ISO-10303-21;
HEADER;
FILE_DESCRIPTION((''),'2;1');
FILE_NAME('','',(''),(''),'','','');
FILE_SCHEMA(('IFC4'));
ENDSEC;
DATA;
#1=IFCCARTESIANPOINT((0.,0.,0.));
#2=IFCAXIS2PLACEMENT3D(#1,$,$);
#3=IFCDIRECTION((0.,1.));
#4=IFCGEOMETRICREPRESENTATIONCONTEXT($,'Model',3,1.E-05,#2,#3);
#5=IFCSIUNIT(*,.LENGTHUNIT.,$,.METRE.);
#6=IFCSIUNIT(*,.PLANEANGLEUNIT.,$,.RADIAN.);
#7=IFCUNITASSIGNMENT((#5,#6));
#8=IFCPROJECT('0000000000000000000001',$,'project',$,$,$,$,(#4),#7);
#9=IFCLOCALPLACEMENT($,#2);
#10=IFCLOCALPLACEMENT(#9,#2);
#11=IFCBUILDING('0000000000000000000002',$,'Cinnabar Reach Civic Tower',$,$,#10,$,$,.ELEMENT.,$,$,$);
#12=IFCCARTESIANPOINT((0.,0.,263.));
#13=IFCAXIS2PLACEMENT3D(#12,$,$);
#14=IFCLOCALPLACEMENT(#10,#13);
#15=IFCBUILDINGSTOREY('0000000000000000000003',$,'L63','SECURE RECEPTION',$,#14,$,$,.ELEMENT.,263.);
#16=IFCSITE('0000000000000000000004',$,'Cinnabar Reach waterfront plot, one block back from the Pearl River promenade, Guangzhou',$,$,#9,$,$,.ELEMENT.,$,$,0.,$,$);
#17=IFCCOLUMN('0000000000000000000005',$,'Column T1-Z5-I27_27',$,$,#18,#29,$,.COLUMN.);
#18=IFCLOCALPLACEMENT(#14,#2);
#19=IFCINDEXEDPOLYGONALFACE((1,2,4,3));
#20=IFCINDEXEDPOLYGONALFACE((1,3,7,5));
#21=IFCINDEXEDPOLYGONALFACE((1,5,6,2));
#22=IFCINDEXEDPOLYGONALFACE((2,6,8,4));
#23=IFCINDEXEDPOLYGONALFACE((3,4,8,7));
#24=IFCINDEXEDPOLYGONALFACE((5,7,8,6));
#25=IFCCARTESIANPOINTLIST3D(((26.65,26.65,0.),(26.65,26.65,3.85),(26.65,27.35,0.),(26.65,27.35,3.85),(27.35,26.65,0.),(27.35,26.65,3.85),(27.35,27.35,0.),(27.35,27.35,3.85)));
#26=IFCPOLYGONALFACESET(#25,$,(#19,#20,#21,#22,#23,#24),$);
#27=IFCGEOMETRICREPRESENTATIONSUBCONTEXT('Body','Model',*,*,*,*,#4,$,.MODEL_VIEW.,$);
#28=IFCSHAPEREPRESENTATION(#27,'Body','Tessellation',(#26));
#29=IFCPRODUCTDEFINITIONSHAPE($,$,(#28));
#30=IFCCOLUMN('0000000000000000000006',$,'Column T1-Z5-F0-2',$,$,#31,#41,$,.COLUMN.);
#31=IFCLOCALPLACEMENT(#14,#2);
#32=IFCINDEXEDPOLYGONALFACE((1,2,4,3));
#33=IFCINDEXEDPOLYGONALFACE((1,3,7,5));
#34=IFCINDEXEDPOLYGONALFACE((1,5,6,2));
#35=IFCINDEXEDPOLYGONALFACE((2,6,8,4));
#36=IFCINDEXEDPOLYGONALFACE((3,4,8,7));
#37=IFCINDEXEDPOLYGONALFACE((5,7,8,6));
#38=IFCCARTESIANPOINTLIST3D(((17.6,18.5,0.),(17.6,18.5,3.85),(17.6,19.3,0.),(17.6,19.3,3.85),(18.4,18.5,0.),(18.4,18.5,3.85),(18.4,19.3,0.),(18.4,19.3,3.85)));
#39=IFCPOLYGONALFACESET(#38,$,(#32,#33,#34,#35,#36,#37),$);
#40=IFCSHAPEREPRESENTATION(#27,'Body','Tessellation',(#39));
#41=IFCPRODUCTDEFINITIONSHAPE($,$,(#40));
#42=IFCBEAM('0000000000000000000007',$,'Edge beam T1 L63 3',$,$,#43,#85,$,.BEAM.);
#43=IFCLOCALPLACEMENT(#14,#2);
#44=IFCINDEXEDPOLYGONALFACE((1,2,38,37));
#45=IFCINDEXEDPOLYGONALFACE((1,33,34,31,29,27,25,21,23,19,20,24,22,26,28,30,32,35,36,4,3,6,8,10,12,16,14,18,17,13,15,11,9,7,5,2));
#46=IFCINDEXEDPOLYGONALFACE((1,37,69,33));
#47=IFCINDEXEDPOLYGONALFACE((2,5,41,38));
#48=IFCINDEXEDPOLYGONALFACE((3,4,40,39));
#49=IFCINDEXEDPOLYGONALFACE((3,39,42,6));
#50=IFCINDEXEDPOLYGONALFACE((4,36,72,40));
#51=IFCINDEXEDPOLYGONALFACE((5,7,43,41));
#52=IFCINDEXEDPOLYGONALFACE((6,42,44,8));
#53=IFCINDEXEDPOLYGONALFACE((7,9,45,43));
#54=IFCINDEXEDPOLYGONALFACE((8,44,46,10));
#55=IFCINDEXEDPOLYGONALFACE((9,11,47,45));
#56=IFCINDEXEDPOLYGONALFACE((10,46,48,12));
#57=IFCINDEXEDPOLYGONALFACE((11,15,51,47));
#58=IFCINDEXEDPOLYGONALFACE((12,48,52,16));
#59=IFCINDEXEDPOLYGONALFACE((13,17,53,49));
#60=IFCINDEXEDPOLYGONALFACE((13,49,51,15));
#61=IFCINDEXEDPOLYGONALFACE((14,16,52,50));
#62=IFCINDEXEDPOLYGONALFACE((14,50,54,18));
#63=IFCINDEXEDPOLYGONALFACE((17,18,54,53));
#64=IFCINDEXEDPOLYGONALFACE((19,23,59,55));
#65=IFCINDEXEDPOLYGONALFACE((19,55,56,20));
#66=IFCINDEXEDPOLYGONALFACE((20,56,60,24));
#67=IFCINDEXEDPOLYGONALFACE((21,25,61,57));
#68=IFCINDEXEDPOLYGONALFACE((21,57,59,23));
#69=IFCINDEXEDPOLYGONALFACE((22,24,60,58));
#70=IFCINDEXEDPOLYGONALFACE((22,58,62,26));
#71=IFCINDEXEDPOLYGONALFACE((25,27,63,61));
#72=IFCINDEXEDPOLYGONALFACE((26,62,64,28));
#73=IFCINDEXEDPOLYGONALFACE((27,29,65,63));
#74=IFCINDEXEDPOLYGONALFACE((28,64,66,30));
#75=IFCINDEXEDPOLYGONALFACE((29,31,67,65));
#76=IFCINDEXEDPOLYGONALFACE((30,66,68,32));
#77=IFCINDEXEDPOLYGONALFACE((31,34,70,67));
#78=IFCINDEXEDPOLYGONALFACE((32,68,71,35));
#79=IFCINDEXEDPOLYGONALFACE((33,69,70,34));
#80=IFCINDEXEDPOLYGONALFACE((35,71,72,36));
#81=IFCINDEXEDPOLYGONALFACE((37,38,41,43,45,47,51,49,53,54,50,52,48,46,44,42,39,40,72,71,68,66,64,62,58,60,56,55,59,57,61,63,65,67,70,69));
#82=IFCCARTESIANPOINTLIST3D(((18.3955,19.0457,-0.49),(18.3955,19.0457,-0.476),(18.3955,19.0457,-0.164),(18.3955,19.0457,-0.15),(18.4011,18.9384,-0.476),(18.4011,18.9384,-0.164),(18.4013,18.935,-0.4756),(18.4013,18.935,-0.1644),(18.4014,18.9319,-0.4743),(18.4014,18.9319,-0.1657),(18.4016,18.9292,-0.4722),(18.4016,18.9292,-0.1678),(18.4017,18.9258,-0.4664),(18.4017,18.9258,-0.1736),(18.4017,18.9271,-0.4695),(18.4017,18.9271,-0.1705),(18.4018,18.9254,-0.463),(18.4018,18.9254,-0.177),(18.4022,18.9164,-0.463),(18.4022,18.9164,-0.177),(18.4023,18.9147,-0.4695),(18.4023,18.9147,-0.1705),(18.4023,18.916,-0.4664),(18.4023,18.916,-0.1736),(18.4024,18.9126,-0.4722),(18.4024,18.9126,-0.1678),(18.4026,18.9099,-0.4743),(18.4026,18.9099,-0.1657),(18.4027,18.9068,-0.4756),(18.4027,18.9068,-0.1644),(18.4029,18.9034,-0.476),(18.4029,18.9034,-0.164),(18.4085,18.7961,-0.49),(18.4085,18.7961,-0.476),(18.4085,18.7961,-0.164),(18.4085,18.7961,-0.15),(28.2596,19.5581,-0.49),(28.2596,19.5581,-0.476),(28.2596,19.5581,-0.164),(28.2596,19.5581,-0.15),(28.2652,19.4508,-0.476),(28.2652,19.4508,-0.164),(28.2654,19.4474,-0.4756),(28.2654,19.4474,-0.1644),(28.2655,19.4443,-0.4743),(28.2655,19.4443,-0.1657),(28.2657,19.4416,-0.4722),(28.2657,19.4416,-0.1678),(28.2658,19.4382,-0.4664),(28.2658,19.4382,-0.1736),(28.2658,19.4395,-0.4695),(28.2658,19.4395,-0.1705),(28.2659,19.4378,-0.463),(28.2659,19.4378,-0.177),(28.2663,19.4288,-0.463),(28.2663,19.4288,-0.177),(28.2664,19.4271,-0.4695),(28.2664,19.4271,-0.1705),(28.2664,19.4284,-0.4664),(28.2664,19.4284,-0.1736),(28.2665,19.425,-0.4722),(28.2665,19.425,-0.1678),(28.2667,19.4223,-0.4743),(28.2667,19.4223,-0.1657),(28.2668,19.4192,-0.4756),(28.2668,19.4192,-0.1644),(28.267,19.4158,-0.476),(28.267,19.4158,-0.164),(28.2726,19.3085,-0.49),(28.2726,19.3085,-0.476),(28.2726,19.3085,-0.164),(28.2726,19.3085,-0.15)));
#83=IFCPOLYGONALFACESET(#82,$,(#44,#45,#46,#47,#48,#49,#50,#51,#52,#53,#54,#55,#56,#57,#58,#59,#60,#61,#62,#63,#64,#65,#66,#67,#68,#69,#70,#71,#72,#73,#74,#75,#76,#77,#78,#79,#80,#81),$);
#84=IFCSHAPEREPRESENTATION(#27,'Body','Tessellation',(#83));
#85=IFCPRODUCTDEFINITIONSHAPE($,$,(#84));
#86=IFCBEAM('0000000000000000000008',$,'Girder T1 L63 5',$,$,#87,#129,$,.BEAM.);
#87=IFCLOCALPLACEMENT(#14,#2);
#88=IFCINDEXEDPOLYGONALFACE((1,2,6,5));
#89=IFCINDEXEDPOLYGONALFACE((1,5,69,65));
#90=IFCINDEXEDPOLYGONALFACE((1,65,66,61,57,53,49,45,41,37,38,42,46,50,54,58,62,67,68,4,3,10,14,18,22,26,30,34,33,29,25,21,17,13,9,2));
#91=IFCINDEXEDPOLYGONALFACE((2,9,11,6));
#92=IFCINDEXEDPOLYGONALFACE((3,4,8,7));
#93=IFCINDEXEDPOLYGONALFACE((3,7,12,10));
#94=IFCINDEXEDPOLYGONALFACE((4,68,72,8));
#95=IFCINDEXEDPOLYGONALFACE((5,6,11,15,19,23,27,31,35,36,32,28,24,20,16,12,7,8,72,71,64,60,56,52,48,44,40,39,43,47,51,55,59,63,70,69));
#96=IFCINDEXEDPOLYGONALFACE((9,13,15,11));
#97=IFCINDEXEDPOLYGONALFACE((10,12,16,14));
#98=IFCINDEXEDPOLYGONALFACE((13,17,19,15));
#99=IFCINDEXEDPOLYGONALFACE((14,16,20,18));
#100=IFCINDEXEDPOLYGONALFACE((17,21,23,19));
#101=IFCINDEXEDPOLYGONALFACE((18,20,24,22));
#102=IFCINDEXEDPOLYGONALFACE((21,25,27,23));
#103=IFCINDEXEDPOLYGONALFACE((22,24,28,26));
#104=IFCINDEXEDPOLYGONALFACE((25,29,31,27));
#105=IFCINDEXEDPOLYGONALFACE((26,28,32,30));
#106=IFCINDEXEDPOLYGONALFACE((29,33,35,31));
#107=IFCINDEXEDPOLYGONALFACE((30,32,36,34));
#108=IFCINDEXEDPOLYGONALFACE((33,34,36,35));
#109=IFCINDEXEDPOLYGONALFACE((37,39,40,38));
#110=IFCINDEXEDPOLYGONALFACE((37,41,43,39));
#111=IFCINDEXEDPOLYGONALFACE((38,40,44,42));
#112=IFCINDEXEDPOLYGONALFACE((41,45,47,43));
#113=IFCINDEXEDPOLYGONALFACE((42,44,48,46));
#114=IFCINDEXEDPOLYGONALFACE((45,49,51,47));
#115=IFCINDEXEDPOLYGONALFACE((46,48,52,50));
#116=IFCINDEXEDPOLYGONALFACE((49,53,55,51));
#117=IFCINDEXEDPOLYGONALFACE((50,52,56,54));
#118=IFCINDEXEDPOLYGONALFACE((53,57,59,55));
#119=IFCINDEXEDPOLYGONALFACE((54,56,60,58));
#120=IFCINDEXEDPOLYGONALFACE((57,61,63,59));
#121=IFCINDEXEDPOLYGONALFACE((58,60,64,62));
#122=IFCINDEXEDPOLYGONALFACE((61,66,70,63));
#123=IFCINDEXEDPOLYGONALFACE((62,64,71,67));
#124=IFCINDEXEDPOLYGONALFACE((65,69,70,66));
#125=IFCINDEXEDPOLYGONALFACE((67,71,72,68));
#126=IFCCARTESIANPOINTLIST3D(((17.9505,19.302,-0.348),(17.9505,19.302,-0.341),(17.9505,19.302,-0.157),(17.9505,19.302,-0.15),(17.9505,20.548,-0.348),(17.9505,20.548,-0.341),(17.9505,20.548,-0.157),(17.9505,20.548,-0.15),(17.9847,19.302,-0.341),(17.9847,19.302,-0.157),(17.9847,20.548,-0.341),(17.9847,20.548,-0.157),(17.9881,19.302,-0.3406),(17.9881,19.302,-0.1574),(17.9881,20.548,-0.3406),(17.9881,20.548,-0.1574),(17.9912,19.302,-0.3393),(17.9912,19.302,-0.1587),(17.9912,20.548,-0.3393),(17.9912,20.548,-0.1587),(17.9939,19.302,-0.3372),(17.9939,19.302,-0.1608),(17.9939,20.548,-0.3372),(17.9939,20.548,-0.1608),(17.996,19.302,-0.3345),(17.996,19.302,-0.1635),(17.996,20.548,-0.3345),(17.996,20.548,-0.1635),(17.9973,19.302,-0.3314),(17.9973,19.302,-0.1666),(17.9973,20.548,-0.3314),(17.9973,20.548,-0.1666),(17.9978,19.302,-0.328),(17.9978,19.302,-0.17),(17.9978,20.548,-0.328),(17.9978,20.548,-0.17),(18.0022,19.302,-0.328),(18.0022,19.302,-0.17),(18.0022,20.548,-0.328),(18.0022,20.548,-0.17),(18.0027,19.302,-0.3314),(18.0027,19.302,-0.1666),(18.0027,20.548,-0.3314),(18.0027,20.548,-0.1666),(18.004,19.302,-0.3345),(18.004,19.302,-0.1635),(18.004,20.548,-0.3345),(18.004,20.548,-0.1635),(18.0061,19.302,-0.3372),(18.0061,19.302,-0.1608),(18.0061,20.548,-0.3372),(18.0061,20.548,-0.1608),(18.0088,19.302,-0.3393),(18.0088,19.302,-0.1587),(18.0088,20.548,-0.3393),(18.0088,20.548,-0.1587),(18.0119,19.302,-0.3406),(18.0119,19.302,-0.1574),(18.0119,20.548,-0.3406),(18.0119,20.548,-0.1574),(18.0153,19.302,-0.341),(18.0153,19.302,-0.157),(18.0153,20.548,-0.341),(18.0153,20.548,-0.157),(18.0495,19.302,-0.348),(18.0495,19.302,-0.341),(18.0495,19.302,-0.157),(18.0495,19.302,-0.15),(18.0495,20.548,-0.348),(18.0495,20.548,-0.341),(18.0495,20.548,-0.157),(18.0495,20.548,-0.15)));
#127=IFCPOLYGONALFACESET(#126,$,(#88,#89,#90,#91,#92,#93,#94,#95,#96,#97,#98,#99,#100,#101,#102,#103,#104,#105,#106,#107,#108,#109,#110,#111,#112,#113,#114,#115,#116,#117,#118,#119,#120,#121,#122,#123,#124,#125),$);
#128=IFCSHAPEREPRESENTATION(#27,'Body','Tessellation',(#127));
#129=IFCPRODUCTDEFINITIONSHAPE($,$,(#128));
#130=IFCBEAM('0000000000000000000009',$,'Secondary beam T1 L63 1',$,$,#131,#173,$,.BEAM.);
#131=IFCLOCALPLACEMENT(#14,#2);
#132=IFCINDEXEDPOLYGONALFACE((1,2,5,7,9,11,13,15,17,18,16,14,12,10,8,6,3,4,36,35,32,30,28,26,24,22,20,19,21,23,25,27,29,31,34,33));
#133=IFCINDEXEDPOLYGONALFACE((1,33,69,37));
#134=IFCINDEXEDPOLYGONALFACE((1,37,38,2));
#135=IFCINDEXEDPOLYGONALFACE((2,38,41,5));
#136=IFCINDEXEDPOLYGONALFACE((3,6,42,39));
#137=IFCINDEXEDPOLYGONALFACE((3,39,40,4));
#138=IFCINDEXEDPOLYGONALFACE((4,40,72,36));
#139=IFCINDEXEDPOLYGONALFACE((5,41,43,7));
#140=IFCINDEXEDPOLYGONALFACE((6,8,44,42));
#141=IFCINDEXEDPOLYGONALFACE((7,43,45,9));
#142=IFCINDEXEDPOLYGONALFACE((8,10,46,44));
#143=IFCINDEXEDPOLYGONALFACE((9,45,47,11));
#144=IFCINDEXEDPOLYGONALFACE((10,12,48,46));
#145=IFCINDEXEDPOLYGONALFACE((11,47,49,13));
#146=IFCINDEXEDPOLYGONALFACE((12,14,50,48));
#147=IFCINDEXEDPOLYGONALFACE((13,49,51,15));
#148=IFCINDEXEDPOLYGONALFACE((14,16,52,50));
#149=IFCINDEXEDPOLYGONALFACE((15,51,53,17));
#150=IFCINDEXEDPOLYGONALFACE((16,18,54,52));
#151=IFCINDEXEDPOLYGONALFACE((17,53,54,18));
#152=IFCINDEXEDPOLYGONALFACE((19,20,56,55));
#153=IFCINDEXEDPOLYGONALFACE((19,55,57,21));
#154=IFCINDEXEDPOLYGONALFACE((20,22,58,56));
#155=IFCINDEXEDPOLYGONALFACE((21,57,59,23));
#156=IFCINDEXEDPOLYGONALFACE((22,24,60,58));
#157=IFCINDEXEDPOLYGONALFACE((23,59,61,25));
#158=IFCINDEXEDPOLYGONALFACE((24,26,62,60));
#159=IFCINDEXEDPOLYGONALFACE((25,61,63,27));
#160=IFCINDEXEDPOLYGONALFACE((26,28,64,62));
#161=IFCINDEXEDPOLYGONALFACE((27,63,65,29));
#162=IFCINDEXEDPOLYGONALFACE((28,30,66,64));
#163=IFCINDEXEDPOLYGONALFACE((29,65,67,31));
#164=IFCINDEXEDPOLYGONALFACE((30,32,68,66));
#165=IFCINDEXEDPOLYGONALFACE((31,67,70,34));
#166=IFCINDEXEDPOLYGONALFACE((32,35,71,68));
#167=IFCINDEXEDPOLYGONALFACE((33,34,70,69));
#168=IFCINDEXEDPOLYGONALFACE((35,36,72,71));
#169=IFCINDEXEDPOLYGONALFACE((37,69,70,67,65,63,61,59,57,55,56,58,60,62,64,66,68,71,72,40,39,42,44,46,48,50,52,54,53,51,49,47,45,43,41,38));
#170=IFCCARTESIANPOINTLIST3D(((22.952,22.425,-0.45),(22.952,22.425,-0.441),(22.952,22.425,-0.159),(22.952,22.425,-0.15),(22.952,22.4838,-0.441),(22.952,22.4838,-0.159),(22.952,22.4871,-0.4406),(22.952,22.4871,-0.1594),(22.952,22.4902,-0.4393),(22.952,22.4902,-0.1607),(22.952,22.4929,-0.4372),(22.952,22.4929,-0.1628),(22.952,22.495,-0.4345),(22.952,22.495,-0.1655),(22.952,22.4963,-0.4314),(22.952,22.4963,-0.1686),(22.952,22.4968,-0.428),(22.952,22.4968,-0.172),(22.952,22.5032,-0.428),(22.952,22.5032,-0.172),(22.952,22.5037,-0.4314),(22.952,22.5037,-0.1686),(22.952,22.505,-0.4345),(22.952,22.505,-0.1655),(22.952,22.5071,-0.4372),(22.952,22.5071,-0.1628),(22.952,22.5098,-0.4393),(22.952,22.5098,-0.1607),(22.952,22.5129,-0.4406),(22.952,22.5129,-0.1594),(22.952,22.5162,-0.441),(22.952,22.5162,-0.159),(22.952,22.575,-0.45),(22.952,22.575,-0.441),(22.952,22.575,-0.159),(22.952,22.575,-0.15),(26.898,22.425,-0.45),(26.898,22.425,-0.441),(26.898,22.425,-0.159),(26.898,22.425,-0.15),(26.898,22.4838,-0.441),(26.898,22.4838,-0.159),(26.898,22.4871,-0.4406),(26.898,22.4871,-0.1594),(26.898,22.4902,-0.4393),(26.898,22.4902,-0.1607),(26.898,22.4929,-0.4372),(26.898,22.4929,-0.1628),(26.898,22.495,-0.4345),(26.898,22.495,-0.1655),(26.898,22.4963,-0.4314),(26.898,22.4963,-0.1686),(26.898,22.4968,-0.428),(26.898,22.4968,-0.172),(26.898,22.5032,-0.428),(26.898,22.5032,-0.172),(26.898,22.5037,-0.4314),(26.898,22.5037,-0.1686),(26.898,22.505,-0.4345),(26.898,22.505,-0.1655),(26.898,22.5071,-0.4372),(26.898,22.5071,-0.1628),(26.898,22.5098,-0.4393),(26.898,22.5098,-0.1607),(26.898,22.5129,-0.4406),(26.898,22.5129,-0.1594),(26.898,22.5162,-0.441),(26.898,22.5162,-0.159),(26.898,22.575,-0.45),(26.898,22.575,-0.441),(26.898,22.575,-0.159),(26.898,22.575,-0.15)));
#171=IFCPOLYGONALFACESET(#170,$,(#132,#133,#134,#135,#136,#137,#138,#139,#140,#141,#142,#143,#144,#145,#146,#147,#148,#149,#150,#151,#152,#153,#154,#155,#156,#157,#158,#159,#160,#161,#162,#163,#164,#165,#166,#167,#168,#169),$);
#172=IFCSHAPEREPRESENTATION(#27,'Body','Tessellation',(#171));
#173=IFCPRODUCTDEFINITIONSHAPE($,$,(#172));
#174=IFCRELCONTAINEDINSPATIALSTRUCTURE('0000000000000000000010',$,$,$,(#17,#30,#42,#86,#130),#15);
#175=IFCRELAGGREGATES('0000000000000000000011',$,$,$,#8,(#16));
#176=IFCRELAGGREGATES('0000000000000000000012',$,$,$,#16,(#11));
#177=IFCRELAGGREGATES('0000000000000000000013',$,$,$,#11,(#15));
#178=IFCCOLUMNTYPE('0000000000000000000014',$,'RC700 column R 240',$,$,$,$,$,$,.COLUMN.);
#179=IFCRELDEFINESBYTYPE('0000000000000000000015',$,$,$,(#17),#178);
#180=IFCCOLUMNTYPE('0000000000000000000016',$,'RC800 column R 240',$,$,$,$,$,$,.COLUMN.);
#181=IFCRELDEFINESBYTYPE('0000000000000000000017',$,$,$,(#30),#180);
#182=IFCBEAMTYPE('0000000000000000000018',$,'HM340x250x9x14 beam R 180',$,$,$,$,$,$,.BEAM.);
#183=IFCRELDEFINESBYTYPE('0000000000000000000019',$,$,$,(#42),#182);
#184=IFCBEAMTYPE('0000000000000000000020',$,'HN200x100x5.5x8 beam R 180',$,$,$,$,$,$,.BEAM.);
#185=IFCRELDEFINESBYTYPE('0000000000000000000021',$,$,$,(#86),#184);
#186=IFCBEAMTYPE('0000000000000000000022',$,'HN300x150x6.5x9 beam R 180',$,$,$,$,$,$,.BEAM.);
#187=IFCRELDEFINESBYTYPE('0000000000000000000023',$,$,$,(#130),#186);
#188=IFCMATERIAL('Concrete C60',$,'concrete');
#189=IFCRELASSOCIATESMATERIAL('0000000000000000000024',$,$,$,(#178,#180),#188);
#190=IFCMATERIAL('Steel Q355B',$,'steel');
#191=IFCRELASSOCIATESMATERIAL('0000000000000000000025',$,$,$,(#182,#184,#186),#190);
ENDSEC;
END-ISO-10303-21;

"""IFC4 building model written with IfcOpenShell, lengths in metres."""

from ifc_helpers import new_model, si_unit, direction, frame, origin, origin_2d, place, context, subcontext, project, spatial, rectangle, i_section, extrude, material, material_profile, profile_set, type_object, element, save


model = new_model("IFC4")

# Units and contexts
model_context = context("Model", 3, precision=1e-05, world=origin(), true_north=direction((0.0, 1.0)))
body_context = subcontext(model_context, "Body", "Model", "MODEL_VIEW")
ifc_project = project(units=[si_unit("LENGTHUNIT", "METRE"), si_unit("PLANEANGLEUNIT", "RADIAN")], contexts=[model_context])

# Site, building, storey
site_placement = place(None, origin())
site = spatial("IfcSite", under=ifc_project, at=site_placement, Name="Cinnabar Reach waterfront plot, one block back from the Pearl River promenade, Guangzhou", CompositionType="ELEMENT", RefElevation=0.0)
building_placement = place(site_placement, origin())
building = spatial("IfcBuilding", under=site, at=building_placement, Name="Cinnabar Reach Civic Tower", CompositionType="ELEMENT")
storey_placement = place(building_placement, frame((0.0, 0.0, 263.0)))
storey = spatial("IfcBuildingStorey", under=building, at=storey_placement, Name="L63", Description="SECURE RECEPTION", CompositionType="ELEMENT", Elevation=263.0)

# Columns
ifc_material_1 = material(Name="Concrete C60", Category="concrete")
ifc_material_profile_1 = material_profile(ifc_material_1, rectangle(XDim=0.7, YDim=0.7, at=origin_2d()), Name="RC700")
ifc_profile_set_1 = profile_set([ifc_material_profile_1], Name="Concrete C60")
column_type_1 = type_object("IfcColumnType", Name="RC700 column R 240", PredefinedType="COLUMN", material=ifc_profile_set_1)
column_1_placement = place(storey_placement, frame((27.0, 27.0, 0.0), z_axis=(0.0, 0.0, 1.0), x_axis=(1.0, 0.0, 0.0)))
element("IfcColumn", 1, at=column_1_placement, inside=storey, type_object=column_type_1, Name="Column T1-Z5-I27_27", PredefinedType="COLUMN", context=body_context, shape_type="SweptSolid", body=[
    extrude(rectangle(XDim=0.7, YDim=0.7, at=origin_2d()), origin(), (0.0, 0.0, 1.0), 3.85),
])
ifc_material_profile_2 = material_profile(ifc_material_1, rectangle(XDim=0.8, YDim=0.8, at=origin_2d()), Name="RC800")
ifc_profile_set_2 = profile_set([ifc_material_profile_2], Name="Concrete C60")
column_type_2 = type_object("IfcColumnType", Name="RC800 column R 240", PredefinedType="COLUMN", material=ifc_profile_set_2)
column_2_placement = place(storey_placement, frame((18.0, 18.9, 0.0), z_axis=(0.0, 0.0, 1.0), x_axis=(1.0, 0.0, 0.0)))
element("IfcColumn", 2, at=column_2_placement, inside=storey, type_object=column_type_2, Name="Column T1-Z5-F0-2", PredefinedType="COLUMN", context=body_context, shape_type="SweptSolid", body=[
    extrude(rectangle(XDim=0.8, YDim=0.8, at=origin_2d()), origin(), (0.0, 0.0, 1.0), 3.85),
])

# Beams
ifc_material_2 = material(Name="Steel Q355B", Category="steel")
ifc_material_profile_3 = material_profile(ifc_material_2, i_section(OverallWidth=0.25, OverallDepth=0.34, WebThickness=0.009, FlangeThickness=0.014, FilletRadius=0.013, at=origin_2d()), Name="HM340x250x9x14")
ifc_profile_set_3 = profile_set([ifc_material_profile_3], Name="Steel Q355B")
beam_type_1 = type_object("IfcBeamType", Name="HM340x250x9x14 beam R 180", PredefinedType="BEAM", material=ifc_profile_set_3)
beam_1_placement = place(storey_placement, frame((18.402, 18.9209, -0.32), z_axis=(0.998654, 0.051876, 0.0), x_axis=(-0.051876, 0.998654, 0.0)))
element("IfcBeam", 3, at=beam_1_placement, inside=storey, type_object=beam_type_1, Name="Edge beam T1 L63 3", PredefinedType="BEAM", context=body_context, shape_type="SweptSolid", body=[
    extrude(i_section(OverallWidth=0.25, OverallDepth=0.34, WebThickness=0.009, FlangeThickness=0.014, FilletRadius=0.013, at=origin_2d()), origin(), (0.0, 0.0, 1.0), 9.8774),
])
ifc_material_profile_4 = material_profile(ifc_material_2, i_section(OverallWidth=0.099, OverallDepth=0.198, WebThickness=0.0045, FlangeThickness=0.007, FilletRadius=0.013, at=origin_2d()), Name="HN200x100x5.5x8")
ifc_profile_set_4 = profile_set([ifc_material_profile_4], Name="Steel Q355B")
beam_type_2 = type_object("IfcBeamType", Name="HN200x100x5.5x8 beam R 180", PredefinedType="BEAM", material=ifc_profile_set_4)
beam_2_placement = place(storey_placement, frame((18.0, 19.302, -0.249), z_axis=(0.0, 1.0, 0.0), x_axis=(-1.0, 0.0, 0.0)))
element("IfcBeam", 4, at=beam_2_placement, inside=storey, type_object=beam_type_2, Name="Girder T1 L63 5", PredefinedType="BEAM", context=body_context, shape_type="SweptSolid", body=[
    extrude(i_section(OverallWidth=0.099, OverallDepth=0.198, WebThickness=0.0045, FlangeThickness=0.007, FilletRadius=0.013, at=origin_2d()), origin(), (0.0, 0.0, 1.0), 1.246),
])
ifc_material_profile_5 = material_profile(ifc_material_2, i_section(OverallWidth=0.15, OverallDepth=0.3, WebThickness=0.0065, FlangeThickness=0.009, FilletRadius=0.013, at=origin_2d()), Name="HN300x150x6.5x9")
ifc_profile_set_5 = profile_set([ifc_material_profile_5], Name="Steel Q355B")
beam_type_3 = type_object("IfcBeamType", Name="HN300x150x6.5x9 beam R 180", PredefinedType="BEAM", material=ifc_profile_set_5)
beam_3_placement = place(storey_placement, frame((22.952, 22.5, -0.3), z_axis=(1.0, 0.0, 0.0), x_axis=(0.0, 1.0, 0.0)))
element("IfcBeam", 5, at=beam_3_placement, inside=storey, type_object=beam_type_3, Name="Secondary beam T1 L63 1", PredefinedType="BEAM", context=body_context, shape_type="SweptSolid", body=[
    extrude(i_section(OverallWidth=0.15, OverallDepth=0.3, WebThickness=0.0065, FlangeThickness=0.009, FilletRadius=0.013, at=origin_2d()), origin(), (0.0, 0.0, 1.0), 3.946),
])

save(model, "model.ifc")
